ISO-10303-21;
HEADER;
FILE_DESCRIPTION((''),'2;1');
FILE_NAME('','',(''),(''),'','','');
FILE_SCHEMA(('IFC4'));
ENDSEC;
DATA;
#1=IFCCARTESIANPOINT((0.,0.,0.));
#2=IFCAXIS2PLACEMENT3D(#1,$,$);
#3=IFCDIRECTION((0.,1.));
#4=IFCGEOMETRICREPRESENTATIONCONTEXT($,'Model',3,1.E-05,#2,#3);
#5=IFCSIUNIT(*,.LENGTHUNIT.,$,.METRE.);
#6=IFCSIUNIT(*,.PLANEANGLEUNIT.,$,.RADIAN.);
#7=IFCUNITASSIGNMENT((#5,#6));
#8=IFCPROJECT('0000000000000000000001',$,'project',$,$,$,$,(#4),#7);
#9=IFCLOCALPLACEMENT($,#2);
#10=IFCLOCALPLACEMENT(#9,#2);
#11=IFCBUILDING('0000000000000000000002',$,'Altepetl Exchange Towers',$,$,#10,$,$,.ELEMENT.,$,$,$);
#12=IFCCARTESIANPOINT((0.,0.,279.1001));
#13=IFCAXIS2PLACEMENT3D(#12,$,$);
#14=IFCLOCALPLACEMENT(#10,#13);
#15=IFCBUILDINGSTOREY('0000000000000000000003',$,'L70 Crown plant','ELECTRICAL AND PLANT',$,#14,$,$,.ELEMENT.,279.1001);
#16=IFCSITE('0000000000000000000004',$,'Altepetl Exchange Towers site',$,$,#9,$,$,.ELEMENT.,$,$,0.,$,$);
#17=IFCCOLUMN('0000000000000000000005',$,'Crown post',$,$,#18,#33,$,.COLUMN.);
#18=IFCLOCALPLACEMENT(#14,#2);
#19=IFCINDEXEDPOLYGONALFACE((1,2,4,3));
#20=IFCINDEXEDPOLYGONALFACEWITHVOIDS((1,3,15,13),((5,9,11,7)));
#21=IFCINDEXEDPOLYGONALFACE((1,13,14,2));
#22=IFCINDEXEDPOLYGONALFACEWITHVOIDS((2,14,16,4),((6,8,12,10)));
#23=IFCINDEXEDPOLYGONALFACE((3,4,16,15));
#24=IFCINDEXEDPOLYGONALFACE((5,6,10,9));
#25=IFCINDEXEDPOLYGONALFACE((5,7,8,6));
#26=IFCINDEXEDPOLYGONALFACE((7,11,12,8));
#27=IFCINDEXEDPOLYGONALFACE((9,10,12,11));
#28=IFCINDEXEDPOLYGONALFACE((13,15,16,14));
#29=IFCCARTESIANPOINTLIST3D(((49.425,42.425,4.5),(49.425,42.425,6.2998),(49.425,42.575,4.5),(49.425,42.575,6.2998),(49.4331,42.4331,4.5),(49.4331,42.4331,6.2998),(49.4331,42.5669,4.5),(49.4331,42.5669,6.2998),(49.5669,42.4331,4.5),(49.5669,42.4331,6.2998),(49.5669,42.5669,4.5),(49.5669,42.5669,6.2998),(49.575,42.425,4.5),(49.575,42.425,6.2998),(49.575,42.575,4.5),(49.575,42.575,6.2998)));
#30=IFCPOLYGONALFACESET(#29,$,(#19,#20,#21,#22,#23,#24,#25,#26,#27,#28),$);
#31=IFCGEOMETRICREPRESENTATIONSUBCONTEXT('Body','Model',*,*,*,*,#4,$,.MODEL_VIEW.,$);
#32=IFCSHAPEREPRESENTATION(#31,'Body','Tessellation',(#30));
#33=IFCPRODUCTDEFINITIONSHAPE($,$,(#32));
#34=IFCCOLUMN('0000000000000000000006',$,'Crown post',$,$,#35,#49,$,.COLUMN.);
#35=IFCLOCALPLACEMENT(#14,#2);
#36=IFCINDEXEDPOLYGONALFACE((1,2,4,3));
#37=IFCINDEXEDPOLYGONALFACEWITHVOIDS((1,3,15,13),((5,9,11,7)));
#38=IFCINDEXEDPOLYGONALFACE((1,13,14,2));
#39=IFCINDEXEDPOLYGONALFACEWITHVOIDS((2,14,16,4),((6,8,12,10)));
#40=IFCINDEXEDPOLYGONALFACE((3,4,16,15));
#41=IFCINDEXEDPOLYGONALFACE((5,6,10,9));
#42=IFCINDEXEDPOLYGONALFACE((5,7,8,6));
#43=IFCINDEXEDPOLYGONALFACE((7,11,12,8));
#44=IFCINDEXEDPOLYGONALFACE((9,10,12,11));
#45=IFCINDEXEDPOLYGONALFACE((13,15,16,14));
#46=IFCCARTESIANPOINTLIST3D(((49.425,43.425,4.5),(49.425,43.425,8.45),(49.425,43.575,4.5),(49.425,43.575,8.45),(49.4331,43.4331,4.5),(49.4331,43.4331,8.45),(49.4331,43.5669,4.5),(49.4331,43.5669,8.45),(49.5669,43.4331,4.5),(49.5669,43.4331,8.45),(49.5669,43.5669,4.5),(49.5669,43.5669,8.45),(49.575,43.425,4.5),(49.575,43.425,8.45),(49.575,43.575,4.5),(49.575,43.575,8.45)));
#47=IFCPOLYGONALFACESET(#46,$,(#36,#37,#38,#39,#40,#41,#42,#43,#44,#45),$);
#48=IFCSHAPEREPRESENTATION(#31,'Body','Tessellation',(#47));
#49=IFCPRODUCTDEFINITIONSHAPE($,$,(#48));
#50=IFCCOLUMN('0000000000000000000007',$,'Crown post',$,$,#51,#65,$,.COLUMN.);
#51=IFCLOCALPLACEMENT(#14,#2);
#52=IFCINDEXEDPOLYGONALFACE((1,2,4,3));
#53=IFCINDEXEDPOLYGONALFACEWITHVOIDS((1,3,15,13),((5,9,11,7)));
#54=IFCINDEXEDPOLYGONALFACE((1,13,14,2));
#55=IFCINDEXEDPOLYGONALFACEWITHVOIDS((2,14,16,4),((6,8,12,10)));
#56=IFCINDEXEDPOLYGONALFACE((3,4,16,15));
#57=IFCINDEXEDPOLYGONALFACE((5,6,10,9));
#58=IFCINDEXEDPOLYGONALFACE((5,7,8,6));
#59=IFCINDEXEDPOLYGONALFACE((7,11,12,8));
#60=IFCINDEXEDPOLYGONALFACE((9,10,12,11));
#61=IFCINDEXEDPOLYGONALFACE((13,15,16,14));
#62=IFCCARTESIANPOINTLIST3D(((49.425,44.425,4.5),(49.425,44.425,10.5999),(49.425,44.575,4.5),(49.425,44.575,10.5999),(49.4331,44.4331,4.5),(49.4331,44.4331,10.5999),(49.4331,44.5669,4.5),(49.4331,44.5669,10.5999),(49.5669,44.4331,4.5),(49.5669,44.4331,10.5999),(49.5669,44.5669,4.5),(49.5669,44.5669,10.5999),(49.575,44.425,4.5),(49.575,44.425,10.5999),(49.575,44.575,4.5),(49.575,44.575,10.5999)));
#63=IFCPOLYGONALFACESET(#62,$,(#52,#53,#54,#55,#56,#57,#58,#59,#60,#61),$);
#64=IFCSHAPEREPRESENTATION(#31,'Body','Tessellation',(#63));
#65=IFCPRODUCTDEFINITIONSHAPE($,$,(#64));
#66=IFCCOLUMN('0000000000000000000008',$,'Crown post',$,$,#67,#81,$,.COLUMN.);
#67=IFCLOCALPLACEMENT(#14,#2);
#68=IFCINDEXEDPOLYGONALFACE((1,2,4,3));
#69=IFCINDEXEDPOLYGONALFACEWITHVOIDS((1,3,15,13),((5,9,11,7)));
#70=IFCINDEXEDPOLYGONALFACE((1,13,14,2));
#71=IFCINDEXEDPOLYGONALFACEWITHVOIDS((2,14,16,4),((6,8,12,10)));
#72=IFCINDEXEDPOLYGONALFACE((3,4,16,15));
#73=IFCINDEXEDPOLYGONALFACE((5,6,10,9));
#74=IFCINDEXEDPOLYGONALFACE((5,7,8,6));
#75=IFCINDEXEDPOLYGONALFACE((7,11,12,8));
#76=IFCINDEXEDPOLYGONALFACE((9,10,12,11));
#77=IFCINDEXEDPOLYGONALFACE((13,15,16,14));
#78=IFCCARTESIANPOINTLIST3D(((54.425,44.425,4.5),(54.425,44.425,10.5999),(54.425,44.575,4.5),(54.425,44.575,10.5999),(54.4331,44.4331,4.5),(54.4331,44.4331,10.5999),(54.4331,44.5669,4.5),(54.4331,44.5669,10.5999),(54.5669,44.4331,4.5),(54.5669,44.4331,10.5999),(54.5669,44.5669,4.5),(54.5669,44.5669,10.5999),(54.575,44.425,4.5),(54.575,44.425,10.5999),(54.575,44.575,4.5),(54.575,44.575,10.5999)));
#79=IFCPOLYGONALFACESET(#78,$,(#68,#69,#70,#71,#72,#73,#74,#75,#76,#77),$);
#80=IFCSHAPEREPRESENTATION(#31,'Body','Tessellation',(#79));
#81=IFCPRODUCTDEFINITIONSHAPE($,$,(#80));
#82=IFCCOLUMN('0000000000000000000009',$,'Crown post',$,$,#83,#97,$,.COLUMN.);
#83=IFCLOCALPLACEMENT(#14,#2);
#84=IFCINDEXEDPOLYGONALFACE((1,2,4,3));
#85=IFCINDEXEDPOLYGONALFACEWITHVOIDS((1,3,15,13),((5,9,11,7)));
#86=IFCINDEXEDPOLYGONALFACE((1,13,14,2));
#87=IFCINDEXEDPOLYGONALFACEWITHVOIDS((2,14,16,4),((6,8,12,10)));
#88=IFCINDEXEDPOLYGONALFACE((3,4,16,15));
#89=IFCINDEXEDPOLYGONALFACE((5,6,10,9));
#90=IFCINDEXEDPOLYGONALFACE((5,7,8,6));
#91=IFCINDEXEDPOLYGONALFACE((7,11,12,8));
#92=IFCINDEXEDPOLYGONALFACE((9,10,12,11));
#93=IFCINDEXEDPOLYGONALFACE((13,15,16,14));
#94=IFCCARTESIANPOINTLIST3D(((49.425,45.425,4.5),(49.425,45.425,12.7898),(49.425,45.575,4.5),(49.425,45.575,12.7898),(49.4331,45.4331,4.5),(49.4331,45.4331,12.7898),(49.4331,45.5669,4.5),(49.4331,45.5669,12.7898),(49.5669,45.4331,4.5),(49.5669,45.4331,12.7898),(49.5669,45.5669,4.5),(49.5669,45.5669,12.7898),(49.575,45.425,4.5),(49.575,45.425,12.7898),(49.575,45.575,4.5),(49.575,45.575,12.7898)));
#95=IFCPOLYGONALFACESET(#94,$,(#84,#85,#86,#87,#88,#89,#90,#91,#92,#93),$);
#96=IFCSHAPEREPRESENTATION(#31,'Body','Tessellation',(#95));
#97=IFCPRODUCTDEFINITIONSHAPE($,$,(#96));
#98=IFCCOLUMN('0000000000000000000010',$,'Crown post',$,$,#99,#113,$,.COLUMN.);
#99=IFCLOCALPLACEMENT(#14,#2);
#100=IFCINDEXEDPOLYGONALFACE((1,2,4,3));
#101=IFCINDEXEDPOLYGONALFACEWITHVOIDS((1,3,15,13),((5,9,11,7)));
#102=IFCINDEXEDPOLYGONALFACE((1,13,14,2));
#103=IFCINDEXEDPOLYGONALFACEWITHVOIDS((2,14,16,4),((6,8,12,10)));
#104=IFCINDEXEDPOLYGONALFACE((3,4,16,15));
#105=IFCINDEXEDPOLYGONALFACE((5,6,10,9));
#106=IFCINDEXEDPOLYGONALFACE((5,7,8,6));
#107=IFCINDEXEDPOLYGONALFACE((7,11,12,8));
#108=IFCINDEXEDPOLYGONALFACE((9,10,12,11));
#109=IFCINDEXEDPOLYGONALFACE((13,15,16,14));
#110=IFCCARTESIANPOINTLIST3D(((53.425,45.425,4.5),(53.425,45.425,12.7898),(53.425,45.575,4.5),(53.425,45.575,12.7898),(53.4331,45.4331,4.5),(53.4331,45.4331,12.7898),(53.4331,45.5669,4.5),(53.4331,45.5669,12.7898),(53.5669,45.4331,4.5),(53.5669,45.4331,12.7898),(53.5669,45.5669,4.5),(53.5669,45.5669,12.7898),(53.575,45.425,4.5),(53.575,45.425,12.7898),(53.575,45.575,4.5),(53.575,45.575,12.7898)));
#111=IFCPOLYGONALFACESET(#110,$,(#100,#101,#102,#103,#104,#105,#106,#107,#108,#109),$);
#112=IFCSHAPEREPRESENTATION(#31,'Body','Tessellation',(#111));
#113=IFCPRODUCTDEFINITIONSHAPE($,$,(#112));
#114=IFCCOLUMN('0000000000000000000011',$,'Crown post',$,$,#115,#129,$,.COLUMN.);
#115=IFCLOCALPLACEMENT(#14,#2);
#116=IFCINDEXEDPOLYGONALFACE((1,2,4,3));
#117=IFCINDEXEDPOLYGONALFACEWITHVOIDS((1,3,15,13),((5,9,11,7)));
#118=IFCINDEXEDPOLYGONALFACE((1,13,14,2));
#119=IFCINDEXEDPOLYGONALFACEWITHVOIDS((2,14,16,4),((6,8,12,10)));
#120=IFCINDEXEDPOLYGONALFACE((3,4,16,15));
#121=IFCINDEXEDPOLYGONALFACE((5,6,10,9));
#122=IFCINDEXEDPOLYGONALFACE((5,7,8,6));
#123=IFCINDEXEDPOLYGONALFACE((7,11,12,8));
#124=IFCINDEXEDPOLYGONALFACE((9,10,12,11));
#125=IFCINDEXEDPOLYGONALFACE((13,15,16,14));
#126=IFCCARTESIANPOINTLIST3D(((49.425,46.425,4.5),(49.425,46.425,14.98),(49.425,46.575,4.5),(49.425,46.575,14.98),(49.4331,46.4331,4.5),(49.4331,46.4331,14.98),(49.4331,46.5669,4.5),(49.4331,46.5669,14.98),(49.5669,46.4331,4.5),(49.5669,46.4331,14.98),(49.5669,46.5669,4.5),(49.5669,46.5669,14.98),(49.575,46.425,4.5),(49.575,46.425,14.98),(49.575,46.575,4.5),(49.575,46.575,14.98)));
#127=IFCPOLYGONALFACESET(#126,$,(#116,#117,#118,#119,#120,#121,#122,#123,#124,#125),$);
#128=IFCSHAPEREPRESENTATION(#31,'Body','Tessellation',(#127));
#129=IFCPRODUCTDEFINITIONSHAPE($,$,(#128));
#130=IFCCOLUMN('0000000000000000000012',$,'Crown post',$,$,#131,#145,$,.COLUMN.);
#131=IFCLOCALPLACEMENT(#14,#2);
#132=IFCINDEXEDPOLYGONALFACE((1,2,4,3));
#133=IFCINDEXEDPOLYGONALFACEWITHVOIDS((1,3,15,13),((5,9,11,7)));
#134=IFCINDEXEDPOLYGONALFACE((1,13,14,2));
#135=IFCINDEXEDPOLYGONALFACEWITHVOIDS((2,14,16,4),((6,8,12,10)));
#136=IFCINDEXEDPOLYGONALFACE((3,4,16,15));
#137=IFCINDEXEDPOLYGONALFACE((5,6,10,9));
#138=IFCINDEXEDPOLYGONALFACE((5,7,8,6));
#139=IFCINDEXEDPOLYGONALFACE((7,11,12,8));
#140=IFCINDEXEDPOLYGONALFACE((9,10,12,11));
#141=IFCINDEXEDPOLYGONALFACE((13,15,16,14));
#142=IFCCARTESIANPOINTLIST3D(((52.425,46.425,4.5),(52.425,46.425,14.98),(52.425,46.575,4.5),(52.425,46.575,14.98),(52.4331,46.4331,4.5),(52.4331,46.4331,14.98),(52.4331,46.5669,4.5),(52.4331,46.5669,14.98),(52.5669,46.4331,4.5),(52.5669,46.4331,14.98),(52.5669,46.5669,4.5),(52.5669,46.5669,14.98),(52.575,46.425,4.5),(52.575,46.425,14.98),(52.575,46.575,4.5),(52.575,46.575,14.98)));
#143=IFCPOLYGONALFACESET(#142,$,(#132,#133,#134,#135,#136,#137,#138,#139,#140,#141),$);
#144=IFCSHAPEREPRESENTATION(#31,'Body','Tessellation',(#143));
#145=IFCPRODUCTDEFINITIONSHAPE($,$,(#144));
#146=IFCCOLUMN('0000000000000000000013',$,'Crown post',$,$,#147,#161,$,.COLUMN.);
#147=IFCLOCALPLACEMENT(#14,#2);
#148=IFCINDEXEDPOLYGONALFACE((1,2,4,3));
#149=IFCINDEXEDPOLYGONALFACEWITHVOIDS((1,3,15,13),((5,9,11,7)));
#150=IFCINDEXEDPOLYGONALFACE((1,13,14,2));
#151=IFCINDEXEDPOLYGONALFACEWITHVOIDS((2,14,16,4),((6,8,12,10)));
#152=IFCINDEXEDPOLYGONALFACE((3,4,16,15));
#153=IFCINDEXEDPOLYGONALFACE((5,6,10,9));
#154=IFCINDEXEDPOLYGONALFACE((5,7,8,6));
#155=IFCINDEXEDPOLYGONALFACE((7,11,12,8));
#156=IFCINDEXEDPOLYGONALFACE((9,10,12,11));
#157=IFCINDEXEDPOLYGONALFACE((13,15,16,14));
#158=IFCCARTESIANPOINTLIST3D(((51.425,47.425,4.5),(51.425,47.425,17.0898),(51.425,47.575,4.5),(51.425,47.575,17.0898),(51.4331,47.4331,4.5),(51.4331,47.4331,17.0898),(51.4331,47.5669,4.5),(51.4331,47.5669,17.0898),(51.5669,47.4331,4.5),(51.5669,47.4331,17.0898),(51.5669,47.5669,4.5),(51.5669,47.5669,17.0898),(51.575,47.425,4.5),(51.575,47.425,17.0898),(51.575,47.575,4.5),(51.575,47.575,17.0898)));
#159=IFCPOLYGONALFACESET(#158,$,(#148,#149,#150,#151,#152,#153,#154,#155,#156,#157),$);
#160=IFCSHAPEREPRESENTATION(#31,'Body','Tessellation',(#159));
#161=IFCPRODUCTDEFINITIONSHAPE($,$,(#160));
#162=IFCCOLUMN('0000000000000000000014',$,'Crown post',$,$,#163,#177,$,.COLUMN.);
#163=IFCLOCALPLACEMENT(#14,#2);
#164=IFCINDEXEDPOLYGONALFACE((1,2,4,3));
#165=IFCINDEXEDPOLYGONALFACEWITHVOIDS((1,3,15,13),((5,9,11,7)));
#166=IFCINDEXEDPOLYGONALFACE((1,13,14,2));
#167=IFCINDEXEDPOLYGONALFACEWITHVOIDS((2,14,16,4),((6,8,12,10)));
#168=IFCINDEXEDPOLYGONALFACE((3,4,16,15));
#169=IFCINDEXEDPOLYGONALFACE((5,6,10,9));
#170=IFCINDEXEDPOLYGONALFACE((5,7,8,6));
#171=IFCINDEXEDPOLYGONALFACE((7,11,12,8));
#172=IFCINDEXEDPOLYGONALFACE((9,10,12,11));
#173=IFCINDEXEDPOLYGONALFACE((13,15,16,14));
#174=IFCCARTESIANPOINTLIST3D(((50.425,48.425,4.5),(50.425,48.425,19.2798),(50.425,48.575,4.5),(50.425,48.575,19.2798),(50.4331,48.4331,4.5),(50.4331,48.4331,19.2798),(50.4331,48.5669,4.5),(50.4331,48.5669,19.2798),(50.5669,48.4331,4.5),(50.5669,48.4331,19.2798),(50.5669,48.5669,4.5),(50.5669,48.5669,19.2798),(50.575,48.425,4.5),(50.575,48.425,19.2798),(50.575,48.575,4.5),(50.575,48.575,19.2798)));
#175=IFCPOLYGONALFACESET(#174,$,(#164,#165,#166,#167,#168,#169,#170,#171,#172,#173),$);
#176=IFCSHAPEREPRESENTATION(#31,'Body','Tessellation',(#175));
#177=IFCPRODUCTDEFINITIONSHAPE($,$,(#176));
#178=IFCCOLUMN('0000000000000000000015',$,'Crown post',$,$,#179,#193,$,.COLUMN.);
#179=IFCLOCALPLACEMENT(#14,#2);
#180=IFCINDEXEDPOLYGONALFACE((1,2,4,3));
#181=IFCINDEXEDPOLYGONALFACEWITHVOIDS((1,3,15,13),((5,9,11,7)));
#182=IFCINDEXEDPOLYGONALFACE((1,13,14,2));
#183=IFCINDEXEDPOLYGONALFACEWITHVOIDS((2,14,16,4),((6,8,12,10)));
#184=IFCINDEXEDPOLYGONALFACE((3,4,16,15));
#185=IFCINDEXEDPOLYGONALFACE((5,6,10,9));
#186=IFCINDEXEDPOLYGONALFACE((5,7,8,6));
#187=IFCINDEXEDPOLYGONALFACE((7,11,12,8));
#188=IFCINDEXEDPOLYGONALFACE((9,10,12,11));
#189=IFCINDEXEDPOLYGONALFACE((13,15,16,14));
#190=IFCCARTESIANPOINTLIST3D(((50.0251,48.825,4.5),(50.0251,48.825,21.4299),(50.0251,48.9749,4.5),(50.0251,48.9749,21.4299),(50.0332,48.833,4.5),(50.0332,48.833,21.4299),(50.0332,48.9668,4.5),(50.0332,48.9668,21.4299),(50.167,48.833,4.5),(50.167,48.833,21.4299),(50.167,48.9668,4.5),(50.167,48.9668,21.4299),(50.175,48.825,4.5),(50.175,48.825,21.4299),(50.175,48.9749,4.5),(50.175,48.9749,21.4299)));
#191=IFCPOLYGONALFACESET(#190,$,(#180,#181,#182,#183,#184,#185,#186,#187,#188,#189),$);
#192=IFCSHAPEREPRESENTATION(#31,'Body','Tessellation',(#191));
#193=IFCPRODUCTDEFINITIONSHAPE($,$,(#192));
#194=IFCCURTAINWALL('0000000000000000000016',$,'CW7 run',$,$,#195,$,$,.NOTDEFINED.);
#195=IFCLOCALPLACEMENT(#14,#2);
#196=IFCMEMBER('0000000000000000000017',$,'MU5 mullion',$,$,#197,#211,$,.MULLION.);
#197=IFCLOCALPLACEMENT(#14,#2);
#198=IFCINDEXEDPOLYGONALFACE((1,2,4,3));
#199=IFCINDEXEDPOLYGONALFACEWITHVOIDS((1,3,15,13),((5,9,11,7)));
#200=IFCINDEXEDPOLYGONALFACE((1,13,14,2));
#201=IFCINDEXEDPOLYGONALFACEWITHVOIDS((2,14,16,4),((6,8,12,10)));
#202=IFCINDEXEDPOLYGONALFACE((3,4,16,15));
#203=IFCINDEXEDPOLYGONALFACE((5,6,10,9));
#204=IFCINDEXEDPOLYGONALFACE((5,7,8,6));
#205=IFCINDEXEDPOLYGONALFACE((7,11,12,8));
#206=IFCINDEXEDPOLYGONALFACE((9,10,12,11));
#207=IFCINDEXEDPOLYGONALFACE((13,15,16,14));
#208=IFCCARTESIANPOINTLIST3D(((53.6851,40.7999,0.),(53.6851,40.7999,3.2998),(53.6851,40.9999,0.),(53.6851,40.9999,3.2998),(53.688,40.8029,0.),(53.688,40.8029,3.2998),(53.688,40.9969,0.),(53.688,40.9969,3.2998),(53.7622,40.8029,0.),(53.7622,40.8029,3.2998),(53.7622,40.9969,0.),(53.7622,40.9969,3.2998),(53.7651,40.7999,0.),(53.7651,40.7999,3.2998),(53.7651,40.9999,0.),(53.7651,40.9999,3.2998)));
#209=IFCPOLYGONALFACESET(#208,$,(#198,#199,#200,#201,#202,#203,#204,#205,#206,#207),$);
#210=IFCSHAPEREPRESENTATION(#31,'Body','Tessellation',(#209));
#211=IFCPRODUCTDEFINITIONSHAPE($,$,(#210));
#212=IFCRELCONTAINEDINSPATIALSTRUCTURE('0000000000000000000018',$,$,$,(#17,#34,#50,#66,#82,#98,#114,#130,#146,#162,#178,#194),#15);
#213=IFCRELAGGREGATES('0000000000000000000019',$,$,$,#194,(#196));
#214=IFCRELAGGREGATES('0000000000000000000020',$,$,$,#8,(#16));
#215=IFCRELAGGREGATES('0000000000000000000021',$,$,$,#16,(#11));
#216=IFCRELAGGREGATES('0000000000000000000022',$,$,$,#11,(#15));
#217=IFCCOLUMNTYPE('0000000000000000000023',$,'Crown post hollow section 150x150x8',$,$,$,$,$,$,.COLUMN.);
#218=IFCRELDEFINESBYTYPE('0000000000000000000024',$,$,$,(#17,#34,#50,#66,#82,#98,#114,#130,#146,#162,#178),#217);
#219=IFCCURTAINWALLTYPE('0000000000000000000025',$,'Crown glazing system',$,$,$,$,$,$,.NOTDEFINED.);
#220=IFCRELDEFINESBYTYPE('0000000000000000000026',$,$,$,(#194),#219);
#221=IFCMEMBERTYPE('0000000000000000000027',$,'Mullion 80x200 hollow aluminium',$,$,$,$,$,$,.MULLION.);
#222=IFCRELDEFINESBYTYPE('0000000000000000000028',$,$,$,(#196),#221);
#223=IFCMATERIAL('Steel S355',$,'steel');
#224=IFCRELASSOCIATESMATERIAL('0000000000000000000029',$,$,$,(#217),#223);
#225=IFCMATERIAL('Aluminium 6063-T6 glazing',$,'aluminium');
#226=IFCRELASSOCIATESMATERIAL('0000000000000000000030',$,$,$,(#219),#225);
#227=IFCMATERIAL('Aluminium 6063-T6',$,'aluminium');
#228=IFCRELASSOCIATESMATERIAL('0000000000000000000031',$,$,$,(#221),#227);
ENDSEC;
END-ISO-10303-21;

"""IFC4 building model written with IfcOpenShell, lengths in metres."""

from ifc_helpers import new_model, si_unit, direction, frame, origin, origin_2d, place, context, subcontext, project, spatial, hollow_rectangle, extrude, material, material_profile, profile_set, type_object, element, aggregate, save


model = new_model("IFC4")

# Units and contexts
model_context = context("Model", 3, precision=1e-05, world=origin(), true_north=direction((0.0, 1.0)))
body_context = subcontext(model_context, "Body", "Model", "MODEL_VIEW")
ifc_project = project(units=[si_unit("LENGTHUNIT", "METRE"), si_unit("PLANEANGLEUNIT", "RADIAN")], contexts=[model_context])

# Site, building, storey
site_placement = place(None, origin())
site = spatial("IfcSite", under=ifc_project, at=site_placement, Name="Altepetl Exchange Towers site", CompositionType="ELEMENT", RefElevation=0.0)
building_placement = place(site_placement, origin())
building = spatial("IfcBuilding", under=site, at=building_placement, Name="Altepetl Exchange Towers", CompositionType="ELEMENT")
storey_placement = place(building_placement, frame((0.0, 0.0, 279.1001)))
storey = spatial("IfcBuildingStorey", under=building, at=storey_placement, Name="L70 Crown plant", Description="ELECTRICAL AND PLANT", CompositionType="ELEMENT", Elevation=279.1001)

# Columns
ifc_material_1 = material(Name="Steel S355", Category="steel")
ifc_material_profile_1 = material_profile(ifc_material_1, hollow_rectangle(XDim=0.1499, YDim=0.1499, WallThickness=0.0081, at=origin_2d()), Name="RHS 150x150x8")
ifc_profile_set_1 = profile_set([ifc_material_profile_1], Name="Steel S355")
column_type = type_object("IfcColumnType", Name="Crown post hollow section 150x150x8", PredefinedType="COLUMN", material=ifc_profile_set_1)
column_1_placement = place(storey_placement, frame((49.5, 42.5, 4.5)))
element("IfcColumn", 1, at=column_1_placement, inside=storey, type_object=column_type, Name="Crown post", PredefinedType="COLUMN", context=body_context, shape_type="SweptSolid", body=[
    extrude(hollow_rectangle(XDim=0.1499, YDim=0.1499, WallThickness=0.0081, at=origin_2d()), origin(), (0.0, 0.0, 1.0), 1.7998),
])
column_2_placement = place(storey_placement, frame((49.5, 43.5, 4.5)))
element("IfcColumn", 2, at=column_2_placement, inside=storey, type_object=column_type, Name="Crown post", PredefinedType="COLUMN", context=body_context, shape_type="SweptSolid", body=[
    extrude(hollow_rectangle(XDim=0.1499, YDim=0.1499, WallThickness=0.0081, at=origin_2d()), origin(), (0.0, 0.0, 1.0), 3.95),
])
for number, where, name in (
    (3, (49.5, 44.5, 4.5), "Crown post"),
    (4, (54.5, 44.5, 4.5), "Crown post"),
):
    element("IfcColumn", number, at=place(storey_placement, frame(where)), inside=storey, type_object=column_type, Name=name, PredefinedType="COLUMN", context=body_context, shape_type="SweptSolid", body=[
        extrude(hollow_rectangle(XDim=0.1499, YDim=0.1499, WallThickness=0.0081, at=origin_2d()), origin(), (0.0, 0.0, 1.0), 6.0999),
    ])
for number, where, name in (
    (5, (49.5, 45.5, 4.5), "Crown post"),
    (6, (53.5, 45.5, 4.5), "Crown post"),
):
    element("IfcColumn", number, at=place(storey_placement, frame(where)), inside=storey, type_object=column_type, Name=name, PredefinedType="COLUMN", context=body_context, shape_type="SweptSolid", body=[
        extrude(hollow_rectangle(XDim=0.1499, YDim=0.1499, WallThickness=0.0081, at=origin_2d()), origin(), (0.0, 0.0, 1.0), 8.2898),
    ])
for number, where, name in (
    (7, (49.5, 46.5, 4.5), "Crown post"),
    (8, (52.5, 46.5, 4.5), "Crown post"),
):
    element("IfcColumn", number, at=place(storey_placement, frame(where)), inside=storey, type_object=column_type, Name=name, PredefinedType="COLUMN", context=body_context, shape_type="SweptSolid", body=[
        extrude(hollow_rectangle(XDim=0.1499, YDim=0.1499, WallThickness=0.0081, at=origin_2d()), origin(), (0.0, 0.0, 1.0), 10.48),
    ])
column_3_placement = place(storey_placement, frame((51.5, 47.5, 4.5)))
element("IfcColumn", 9, at=column_3_placement, inside=storey, type_object=column_type, Name="Crown post", PredefinedType="COLUMN", context=body_context, shape_type="SweptSolid", body=[
    extrude(hollow_rectangle(XDim=0.1499, YDim=0.1499, WallThickness=0.0081, at=origin_2d()), origin(), (0.0, 0.0, 1.0), 12.5898),
])
column_4_placement = place(storey_placement, frame((50.5, 48.5, 4.5)))
element("IfcColumn", 10, at=column_4_placement, inside=storey, type_object=column_type, Name="Crown post", PredefinedType="COLUMN", context=body_context, shape_type="SweptSolid", body=[
    extrude(hollow_rectangle(XDim=0.1499, YDim=0.1499, WallThickness=0.0081, at=origin_2d()), origin(), (0.0, 0.0, 1.0), 14.7798),
])
column_5_placement = place(storey_placement, frame((50.1001, 48.8999, 4.5)))
element("IfcColumn", 11, at=column_5_placement, inside=storey, type_object=column_type, Name="Crown post", PredefinedType="COLUMN", context=body_context, shape_type="SweptSolid", body=[
    extrude(hollow_rectangle(XDim=0.1499, YDim=0.1499, WallThickness=0.0081, at=origin_2d()), origin(), (0.0, 0.0, 1.0), 16.9299),
])

# Curtain wall, member
ifc_material_2 = material(Name="Aluminium 6063-T6 glazing", Category="aluminium")
curtain_wall_type = type_object("IfcCurtainWallType", Name="Crown glazing system", PredefinedType="NOTDEFINED", material=ifc_material_2)
curtain_wall_1_placement = place(storey_placement, origin())
curtain_wall_1 = element("IfcCurtainWall", 12, at=curtain_wall_1_placement, inside=storey, type_object=curtain_wall_type, Name="CW7 run", PredefinedType="NOTDEFINED")
ifc_material_3 = material(Name="Aluminium 6063-T6", Category="aluminium")
ifc_material_profile_2 = material_profile(ifc_material_3, hollow_rectangle(XDim=0.0801, YDim=0.2, WallThickness=0.0029, at=origin_2d()), Name="Mullion 80x200 hollow aluminium")
ifc_profile_set_2 = profile_set([ifc_material_profile_2], Name="Aluminium 6063-T6")
member_type = type_object("IfcMemberType", Name="Mullion 80x200 hollow aluminium", PredefinedType="MULLION", material=ifc_profile_set_2)
member_1_placement = place(storey_placement, frame((53.7251, 40.8999, 0.0)))
member_1 = element("IfcMember", 13, at=member_1_placement, type_object=member_type, Name="MU5 mullion", PredefinedType="MULLION", context=body_context, shape_type="SweptSolid", body=[
    extrude(hollow_rectangle(XDim=0.0801, YDim=0.2, WallThickness=0.0029, at=origin_2d()), origin(), (0.0, 0.0, 1.0), 3.2998),
])

aggregate(curtain_wall_1, [member_1])

save(model, "model.ifc")
